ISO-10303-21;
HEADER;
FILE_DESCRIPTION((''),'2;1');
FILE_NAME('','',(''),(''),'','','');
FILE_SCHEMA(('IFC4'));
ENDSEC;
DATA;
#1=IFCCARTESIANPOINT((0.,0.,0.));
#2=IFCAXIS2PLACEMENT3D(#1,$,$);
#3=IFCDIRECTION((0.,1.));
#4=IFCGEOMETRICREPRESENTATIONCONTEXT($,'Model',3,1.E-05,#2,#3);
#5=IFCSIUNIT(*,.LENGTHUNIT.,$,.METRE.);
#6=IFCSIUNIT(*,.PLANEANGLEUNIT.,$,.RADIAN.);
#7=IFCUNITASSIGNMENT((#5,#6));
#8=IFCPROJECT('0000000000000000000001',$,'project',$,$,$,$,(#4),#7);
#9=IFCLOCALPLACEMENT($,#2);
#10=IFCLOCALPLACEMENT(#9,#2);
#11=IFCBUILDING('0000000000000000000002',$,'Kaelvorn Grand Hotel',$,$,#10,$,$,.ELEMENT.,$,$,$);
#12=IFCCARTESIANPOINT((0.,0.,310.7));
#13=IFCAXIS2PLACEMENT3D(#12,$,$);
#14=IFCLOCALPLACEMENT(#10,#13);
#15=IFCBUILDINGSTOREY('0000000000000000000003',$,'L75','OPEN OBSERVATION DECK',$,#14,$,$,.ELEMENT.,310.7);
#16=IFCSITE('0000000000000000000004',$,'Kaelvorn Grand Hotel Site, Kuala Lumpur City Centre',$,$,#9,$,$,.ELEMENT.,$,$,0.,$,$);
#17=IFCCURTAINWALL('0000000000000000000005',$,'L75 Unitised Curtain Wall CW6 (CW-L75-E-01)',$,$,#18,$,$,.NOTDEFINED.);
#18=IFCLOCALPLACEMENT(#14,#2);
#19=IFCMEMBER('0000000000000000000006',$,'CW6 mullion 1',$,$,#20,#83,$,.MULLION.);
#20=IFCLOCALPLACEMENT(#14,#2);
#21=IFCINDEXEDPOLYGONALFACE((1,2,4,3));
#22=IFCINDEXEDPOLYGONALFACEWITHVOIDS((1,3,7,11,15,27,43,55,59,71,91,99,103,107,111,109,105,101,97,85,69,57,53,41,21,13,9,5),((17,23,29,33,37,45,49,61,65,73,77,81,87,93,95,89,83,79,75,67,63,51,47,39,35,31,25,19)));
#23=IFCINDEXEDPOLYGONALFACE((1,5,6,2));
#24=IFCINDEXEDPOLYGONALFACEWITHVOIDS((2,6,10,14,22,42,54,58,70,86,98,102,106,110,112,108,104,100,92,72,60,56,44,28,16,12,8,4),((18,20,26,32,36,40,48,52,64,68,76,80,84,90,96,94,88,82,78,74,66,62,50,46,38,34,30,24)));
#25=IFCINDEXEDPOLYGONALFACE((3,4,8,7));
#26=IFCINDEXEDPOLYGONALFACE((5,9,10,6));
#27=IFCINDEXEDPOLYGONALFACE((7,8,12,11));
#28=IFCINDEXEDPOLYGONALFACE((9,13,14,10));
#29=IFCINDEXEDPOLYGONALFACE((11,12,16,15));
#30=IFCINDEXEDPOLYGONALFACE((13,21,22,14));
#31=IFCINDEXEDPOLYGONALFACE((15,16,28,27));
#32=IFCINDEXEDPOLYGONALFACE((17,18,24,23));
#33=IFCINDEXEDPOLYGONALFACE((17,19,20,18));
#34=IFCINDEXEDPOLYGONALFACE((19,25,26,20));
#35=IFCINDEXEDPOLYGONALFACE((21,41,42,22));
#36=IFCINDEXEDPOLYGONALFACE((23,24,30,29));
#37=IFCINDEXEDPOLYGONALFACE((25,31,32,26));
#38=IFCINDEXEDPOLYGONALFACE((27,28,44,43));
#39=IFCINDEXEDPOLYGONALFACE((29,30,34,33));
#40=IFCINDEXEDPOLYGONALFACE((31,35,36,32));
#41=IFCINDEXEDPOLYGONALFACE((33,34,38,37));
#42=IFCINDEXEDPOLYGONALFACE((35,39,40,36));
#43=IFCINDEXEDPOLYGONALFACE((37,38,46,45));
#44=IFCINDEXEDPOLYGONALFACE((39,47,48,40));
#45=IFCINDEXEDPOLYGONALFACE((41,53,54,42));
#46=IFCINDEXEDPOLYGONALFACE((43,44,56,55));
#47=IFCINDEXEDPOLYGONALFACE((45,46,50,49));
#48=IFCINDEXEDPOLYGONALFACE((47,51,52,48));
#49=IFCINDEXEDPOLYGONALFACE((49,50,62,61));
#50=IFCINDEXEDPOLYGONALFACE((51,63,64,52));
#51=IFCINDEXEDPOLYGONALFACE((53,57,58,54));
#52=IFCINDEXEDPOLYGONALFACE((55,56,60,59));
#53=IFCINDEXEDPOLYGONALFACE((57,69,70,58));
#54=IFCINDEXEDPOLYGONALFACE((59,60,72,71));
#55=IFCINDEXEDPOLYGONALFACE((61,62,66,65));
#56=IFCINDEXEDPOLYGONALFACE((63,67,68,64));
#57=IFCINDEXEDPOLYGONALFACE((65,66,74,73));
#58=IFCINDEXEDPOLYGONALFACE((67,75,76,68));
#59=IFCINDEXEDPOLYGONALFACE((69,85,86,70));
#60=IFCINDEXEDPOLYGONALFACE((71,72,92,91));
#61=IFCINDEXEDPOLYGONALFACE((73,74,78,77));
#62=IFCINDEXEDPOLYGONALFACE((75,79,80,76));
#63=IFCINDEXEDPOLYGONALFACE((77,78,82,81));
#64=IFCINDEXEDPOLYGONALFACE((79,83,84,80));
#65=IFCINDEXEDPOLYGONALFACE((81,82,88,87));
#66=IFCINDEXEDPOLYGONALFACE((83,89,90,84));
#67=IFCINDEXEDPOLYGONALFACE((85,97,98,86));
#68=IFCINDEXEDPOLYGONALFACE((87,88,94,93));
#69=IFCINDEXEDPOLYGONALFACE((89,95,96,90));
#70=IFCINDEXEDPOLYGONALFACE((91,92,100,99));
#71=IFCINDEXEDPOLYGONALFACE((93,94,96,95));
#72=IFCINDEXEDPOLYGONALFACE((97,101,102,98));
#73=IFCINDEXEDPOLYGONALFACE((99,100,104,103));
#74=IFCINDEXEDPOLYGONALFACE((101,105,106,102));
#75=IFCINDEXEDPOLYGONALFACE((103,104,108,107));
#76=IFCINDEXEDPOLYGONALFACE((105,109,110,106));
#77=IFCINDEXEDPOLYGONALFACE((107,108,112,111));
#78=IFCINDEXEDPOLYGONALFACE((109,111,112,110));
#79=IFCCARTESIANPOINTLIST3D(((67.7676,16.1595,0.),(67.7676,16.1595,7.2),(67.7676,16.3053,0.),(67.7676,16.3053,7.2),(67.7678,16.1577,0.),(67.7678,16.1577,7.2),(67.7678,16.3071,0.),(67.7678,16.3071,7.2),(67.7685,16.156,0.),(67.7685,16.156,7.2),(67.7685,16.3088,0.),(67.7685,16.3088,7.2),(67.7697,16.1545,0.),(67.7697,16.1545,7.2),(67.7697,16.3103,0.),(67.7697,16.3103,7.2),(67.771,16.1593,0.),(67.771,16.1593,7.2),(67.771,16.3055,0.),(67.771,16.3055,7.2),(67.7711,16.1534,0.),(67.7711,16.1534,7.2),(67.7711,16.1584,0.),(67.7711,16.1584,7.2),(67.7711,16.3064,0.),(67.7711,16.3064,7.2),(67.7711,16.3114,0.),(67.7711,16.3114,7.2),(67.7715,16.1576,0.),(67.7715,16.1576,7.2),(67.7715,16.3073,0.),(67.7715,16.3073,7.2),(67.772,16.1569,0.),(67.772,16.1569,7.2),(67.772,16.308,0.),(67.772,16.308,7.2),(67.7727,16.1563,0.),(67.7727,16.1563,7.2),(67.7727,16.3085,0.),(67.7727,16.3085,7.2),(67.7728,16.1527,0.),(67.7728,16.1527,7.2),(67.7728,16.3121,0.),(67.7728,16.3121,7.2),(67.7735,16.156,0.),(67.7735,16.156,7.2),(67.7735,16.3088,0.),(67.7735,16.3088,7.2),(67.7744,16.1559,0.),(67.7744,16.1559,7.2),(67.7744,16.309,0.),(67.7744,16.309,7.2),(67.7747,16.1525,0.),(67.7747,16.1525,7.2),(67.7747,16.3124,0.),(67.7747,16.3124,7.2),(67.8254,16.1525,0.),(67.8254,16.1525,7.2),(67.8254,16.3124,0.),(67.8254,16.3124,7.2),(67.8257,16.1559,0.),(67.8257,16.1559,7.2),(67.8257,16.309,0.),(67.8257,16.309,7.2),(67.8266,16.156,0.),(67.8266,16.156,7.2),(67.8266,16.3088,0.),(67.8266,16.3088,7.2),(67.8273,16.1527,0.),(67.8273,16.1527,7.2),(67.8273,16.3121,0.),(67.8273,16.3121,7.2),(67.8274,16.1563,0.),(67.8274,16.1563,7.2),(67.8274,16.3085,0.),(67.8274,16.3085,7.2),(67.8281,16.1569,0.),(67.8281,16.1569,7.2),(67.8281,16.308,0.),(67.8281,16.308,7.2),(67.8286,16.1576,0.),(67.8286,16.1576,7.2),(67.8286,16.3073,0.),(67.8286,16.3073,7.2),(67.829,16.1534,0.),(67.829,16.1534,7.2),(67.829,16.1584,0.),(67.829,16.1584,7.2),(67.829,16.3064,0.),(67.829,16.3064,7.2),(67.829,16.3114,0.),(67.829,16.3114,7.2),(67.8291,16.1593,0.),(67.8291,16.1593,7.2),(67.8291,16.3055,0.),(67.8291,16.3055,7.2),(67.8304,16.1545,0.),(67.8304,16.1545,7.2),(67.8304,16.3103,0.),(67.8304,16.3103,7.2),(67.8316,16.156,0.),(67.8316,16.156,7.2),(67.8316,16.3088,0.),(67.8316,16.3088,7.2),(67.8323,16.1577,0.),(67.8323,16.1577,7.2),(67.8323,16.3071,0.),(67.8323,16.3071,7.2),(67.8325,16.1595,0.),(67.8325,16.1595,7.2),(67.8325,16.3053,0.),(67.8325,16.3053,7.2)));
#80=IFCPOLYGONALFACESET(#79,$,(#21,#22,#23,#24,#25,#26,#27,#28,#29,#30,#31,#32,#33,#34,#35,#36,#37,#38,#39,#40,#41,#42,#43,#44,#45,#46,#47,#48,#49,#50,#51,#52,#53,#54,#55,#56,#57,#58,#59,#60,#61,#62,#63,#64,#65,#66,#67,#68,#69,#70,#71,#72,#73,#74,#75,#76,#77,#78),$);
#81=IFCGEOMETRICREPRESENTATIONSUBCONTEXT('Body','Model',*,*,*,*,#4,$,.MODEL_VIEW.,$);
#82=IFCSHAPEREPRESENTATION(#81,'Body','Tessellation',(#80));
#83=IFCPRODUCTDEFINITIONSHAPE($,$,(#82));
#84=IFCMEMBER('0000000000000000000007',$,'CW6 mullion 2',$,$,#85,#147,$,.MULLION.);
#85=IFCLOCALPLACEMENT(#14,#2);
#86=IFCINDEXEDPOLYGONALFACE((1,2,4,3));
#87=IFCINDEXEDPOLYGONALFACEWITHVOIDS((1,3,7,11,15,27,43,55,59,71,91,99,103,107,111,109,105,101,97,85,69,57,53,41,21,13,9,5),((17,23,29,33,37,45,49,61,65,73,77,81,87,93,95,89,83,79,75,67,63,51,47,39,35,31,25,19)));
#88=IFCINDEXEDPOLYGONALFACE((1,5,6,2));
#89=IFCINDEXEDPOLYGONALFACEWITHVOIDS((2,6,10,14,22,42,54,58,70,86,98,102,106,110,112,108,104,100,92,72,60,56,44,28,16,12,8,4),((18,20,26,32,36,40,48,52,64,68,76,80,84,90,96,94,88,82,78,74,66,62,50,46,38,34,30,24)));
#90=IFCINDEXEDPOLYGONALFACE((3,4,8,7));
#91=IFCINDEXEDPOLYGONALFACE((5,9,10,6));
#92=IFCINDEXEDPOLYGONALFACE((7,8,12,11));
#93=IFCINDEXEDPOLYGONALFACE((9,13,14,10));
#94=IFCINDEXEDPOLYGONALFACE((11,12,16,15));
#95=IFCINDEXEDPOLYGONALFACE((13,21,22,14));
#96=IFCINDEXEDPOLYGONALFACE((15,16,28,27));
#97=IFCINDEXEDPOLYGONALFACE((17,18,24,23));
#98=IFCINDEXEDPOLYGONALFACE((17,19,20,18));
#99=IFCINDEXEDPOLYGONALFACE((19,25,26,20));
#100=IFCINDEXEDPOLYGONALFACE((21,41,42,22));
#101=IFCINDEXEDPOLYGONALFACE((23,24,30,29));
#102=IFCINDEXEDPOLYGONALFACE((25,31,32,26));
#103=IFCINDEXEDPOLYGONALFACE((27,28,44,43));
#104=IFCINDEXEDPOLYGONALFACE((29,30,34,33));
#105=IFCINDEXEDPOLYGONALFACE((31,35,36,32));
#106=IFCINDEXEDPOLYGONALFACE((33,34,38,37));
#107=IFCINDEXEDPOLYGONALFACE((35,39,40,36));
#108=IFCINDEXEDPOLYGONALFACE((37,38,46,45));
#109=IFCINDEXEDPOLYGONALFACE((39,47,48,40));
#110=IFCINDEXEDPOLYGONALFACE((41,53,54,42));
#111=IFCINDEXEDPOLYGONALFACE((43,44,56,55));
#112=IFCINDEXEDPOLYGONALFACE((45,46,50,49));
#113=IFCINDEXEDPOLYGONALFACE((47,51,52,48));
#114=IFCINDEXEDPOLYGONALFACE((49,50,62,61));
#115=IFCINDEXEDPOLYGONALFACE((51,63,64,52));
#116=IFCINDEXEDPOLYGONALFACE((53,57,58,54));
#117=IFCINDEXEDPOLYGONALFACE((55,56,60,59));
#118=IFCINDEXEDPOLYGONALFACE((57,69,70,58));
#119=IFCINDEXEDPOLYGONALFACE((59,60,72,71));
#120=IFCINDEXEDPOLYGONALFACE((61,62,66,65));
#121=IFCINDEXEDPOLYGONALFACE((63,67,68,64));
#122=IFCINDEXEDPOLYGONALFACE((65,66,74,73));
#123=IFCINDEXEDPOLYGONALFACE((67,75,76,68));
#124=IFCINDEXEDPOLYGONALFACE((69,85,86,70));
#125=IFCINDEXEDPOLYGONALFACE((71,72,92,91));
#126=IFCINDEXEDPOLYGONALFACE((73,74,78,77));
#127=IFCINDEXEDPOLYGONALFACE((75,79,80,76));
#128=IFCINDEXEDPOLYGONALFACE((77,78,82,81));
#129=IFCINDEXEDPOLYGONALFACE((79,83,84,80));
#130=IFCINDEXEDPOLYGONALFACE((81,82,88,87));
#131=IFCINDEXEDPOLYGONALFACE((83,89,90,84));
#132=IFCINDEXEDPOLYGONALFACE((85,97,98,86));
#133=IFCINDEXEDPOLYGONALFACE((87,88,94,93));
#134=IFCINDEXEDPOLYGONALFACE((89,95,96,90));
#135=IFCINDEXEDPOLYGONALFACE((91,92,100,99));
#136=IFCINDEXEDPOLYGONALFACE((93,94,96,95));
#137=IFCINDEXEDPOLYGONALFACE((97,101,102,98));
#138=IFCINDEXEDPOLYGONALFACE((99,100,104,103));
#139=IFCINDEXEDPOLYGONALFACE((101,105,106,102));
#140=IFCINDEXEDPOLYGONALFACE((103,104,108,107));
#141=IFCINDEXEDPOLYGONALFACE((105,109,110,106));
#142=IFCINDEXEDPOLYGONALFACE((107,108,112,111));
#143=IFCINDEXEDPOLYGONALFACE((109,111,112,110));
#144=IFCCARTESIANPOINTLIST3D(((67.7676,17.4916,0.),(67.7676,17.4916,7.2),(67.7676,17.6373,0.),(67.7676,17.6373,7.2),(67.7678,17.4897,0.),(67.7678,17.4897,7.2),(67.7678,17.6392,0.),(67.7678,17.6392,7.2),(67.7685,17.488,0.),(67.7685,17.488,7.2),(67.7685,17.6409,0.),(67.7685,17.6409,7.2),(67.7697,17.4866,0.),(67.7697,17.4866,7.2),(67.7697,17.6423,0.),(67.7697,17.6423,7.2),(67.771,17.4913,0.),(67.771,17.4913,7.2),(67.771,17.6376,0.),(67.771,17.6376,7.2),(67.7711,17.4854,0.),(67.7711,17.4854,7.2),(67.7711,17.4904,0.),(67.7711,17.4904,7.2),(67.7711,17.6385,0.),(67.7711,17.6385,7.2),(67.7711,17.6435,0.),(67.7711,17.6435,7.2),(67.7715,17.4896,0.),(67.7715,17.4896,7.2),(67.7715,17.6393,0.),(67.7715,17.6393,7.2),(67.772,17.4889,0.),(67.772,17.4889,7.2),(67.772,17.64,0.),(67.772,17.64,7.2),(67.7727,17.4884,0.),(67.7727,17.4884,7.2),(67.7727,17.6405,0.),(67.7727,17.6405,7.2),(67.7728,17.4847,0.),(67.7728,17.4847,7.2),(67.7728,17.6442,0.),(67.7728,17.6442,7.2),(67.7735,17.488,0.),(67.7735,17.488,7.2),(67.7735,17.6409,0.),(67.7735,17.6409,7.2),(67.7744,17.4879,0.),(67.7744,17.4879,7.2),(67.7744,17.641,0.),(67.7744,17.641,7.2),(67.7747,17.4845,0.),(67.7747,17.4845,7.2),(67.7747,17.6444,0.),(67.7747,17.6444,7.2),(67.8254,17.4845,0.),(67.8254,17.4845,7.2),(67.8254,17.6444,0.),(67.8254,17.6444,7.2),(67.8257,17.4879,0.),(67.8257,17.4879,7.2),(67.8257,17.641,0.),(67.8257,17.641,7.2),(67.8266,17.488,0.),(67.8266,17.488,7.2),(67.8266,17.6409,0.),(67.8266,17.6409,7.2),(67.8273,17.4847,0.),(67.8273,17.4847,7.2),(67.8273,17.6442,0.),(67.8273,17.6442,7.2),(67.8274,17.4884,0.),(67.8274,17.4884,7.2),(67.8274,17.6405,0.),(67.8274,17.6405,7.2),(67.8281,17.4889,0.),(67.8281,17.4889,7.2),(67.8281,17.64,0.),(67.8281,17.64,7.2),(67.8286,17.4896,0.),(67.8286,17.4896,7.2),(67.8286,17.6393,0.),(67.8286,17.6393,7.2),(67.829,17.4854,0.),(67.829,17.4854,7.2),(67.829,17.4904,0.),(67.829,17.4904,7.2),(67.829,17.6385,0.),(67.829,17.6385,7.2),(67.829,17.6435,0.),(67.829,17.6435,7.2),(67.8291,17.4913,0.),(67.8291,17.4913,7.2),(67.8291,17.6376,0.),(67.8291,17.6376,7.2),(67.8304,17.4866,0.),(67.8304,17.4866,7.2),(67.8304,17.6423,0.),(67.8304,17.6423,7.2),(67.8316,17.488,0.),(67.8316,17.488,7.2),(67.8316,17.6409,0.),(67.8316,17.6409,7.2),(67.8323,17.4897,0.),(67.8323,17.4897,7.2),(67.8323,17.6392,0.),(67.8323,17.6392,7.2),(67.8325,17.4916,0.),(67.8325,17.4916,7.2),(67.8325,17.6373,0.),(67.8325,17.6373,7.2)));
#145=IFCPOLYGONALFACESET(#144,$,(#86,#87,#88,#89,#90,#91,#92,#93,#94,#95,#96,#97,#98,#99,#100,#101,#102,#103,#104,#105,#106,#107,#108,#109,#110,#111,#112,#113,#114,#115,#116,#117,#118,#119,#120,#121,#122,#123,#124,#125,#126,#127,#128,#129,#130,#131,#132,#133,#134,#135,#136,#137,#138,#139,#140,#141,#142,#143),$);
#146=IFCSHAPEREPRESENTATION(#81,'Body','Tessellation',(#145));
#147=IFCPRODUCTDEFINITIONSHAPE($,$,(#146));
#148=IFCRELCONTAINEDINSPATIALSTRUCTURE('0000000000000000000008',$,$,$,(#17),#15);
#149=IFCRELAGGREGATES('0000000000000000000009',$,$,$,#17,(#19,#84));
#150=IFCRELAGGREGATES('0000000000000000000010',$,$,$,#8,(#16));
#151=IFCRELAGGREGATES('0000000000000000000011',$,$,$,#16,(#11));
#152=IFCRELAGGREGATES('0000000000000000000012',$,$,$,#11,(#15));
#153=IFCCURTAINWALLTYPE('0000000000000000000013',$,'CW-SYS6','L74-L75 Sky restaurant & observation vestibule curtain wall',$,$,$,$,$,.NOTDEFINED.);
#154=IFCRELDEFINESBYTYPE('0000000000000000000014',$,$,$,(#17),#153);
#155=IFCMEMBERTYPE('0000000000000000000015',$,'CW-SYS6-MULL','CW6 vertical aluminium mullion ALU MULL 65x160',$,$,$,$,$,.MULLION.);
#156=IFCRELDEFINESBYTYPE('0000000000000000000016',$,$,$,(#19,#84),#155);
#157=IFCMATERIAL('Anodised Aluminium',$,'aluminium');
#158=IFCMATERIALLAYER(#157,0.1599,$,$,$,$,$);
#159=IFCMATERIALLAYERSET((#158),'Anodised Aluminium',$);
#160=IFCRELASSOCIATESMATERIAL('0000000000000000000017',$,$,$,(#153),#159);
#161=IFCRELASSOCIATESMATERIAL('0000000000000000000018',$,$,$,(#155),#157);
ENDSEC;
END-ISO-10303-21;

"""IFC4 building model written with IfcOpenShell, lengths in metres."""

from ifc_helpers import new_model, si_unit, direction, frame, origin, origin_2d, place, context, subcontext, project, spatial, hollow_rectangle, extrude, material, layer, layer_set, material_profile, profile_set, type_object, element, aggregate, save


model = new_model("IFC4")

# Units and contexts
model_context = context("Model", 3, precision=1e-05, world=origin(), true_north=direction((0.0, 1.0)))
body_context = subcontext(model_context, "Body", "Model", "MODEL_VIEW")
ifc_project = project(units=[si_unit("LENGTHUNIT", "METRE"), si_unit("PLANEANGLEUNIT", "RADIAN")], contexts=[model_context])

# Site, building, storey
site_placement = place(None, origin())
site = spatial("IfcSite", under=ifc_project, at=site_placement, Name="Kaelvorn Grand Hotel Site, Kuala Lumpur City Centre", CompositionType="ELEMENT", RefElevation=0.0)
building_placement = place(site_placement, origin())
building = spatial("IfcBuilding", under=site, at=building_placement, Name="Kaelvorn Grand Hotel", CompositionType="ELEMENT")
storey_placement = place(building_placement, frame((0.0, 0.0, 310.7)))
storey = spatial("IfcBuildingStorey", under=building, at=storey_placement, Name="L75", Description="OPEN OBSERVATION DECK", CompositionType="ELEMENT", Elevation=310.7)

# Curtain wall, members
ifc_material_1 = material(Name="Anodised Aluminium", Category="aluminium")
ifc_layer_1 = layer(ifc_material_1, 0.1599)
ifc_layer_set_1 = layer_set([ifc_layer_1], Name="Anodised Aluminium")
curtain_wall_type = type_object("IfcCurtainWallType", Name="CW-SYS6", Description="L74-L75 Sky restaurant & observation vestibule curtain wall", PredefinedType="NOTDEFINED", material=ifc_layer_set_1)
curtain_wall_placement = place(storey_placement, origin())
curtain_wall = element("IfcCurtainWall", 1, at=curtain_wall_placement, inside=storey, type_object=curtain_wall_type, Name="L75 Unitised Curtain Wall CW6 (CW-L75-E-01)", PredefinedType="NOTDEFINED")
ifc_material_profile_1 = material_profile(ifc_material_1, hollow_rectangle(XDim=0.0649, YDim=0.1599, WallThickness=0.0034, InnerFilletRadius=0.0034, OuterFilletRadius=0.0071, at=origin_2d()), Name="ALU MULL 65x160")
ifc_profile_set_1 = profile_set([ifc_material_profile_1], Name="Anodised Aluminium")
member_type_1 = type_object("IfcMemberType", Name="CW-SYS6-MULL", Description="CW6 vertical aluminium mullion ALU MULL 65x160", PredefinedType="MULLION", material=ifc_profile_set_1)
member_1_placement = place(storey_placement, frame((67.8, 16.2324, 0.0), z_axis=(0.0, 0.0, 1.0), x_axis=(-1.0, 0.0, 0.0)))
member_1 = element("IfcMember", 2, at=member_1_placement, type_object=member_type_1, Name="CW6 mullion 1", PredefinedType="MULLION", context=body_context, shape_type="SweptSolid", body=[
    extrude(hollow_rectangle(XDim=0.0649, YDim=0.1599, WallThickness=0.0034, InnerFilletRadius=0.0034, OuterFilletRadius=0.0071, at=origin_2d()), origin(), (0.0, 0.0, 1.0), 7.2),
])
member_2_placement = place(storey_placement, frame((67.8, 17.5645, 0.0), z_axis=(0.0, 0.0, 1.0), x_axis=(-1.0, 0.0, 0.0)))
member_2 = element("IfcMember", 3, at=member_2_placement, type_object=member_type_1, Name="CW6 mullion 2", PredefinedType="MULLION", context=body_context, shape_type="SweptSolid", body=[
    extrude(hollow_rectangle(XDim=0.0649, YDim=0.1599, WallThickness=0.0034, InnerFilletRadius=0.0034, OuterFilletRadius=0.0071, at=origin_2d()), origin(), (0.0, 0.0, 1.0), 7.2),
])

aggregate(curtain_wall, [member_1, member_2])

save(model, "model.ifc")
